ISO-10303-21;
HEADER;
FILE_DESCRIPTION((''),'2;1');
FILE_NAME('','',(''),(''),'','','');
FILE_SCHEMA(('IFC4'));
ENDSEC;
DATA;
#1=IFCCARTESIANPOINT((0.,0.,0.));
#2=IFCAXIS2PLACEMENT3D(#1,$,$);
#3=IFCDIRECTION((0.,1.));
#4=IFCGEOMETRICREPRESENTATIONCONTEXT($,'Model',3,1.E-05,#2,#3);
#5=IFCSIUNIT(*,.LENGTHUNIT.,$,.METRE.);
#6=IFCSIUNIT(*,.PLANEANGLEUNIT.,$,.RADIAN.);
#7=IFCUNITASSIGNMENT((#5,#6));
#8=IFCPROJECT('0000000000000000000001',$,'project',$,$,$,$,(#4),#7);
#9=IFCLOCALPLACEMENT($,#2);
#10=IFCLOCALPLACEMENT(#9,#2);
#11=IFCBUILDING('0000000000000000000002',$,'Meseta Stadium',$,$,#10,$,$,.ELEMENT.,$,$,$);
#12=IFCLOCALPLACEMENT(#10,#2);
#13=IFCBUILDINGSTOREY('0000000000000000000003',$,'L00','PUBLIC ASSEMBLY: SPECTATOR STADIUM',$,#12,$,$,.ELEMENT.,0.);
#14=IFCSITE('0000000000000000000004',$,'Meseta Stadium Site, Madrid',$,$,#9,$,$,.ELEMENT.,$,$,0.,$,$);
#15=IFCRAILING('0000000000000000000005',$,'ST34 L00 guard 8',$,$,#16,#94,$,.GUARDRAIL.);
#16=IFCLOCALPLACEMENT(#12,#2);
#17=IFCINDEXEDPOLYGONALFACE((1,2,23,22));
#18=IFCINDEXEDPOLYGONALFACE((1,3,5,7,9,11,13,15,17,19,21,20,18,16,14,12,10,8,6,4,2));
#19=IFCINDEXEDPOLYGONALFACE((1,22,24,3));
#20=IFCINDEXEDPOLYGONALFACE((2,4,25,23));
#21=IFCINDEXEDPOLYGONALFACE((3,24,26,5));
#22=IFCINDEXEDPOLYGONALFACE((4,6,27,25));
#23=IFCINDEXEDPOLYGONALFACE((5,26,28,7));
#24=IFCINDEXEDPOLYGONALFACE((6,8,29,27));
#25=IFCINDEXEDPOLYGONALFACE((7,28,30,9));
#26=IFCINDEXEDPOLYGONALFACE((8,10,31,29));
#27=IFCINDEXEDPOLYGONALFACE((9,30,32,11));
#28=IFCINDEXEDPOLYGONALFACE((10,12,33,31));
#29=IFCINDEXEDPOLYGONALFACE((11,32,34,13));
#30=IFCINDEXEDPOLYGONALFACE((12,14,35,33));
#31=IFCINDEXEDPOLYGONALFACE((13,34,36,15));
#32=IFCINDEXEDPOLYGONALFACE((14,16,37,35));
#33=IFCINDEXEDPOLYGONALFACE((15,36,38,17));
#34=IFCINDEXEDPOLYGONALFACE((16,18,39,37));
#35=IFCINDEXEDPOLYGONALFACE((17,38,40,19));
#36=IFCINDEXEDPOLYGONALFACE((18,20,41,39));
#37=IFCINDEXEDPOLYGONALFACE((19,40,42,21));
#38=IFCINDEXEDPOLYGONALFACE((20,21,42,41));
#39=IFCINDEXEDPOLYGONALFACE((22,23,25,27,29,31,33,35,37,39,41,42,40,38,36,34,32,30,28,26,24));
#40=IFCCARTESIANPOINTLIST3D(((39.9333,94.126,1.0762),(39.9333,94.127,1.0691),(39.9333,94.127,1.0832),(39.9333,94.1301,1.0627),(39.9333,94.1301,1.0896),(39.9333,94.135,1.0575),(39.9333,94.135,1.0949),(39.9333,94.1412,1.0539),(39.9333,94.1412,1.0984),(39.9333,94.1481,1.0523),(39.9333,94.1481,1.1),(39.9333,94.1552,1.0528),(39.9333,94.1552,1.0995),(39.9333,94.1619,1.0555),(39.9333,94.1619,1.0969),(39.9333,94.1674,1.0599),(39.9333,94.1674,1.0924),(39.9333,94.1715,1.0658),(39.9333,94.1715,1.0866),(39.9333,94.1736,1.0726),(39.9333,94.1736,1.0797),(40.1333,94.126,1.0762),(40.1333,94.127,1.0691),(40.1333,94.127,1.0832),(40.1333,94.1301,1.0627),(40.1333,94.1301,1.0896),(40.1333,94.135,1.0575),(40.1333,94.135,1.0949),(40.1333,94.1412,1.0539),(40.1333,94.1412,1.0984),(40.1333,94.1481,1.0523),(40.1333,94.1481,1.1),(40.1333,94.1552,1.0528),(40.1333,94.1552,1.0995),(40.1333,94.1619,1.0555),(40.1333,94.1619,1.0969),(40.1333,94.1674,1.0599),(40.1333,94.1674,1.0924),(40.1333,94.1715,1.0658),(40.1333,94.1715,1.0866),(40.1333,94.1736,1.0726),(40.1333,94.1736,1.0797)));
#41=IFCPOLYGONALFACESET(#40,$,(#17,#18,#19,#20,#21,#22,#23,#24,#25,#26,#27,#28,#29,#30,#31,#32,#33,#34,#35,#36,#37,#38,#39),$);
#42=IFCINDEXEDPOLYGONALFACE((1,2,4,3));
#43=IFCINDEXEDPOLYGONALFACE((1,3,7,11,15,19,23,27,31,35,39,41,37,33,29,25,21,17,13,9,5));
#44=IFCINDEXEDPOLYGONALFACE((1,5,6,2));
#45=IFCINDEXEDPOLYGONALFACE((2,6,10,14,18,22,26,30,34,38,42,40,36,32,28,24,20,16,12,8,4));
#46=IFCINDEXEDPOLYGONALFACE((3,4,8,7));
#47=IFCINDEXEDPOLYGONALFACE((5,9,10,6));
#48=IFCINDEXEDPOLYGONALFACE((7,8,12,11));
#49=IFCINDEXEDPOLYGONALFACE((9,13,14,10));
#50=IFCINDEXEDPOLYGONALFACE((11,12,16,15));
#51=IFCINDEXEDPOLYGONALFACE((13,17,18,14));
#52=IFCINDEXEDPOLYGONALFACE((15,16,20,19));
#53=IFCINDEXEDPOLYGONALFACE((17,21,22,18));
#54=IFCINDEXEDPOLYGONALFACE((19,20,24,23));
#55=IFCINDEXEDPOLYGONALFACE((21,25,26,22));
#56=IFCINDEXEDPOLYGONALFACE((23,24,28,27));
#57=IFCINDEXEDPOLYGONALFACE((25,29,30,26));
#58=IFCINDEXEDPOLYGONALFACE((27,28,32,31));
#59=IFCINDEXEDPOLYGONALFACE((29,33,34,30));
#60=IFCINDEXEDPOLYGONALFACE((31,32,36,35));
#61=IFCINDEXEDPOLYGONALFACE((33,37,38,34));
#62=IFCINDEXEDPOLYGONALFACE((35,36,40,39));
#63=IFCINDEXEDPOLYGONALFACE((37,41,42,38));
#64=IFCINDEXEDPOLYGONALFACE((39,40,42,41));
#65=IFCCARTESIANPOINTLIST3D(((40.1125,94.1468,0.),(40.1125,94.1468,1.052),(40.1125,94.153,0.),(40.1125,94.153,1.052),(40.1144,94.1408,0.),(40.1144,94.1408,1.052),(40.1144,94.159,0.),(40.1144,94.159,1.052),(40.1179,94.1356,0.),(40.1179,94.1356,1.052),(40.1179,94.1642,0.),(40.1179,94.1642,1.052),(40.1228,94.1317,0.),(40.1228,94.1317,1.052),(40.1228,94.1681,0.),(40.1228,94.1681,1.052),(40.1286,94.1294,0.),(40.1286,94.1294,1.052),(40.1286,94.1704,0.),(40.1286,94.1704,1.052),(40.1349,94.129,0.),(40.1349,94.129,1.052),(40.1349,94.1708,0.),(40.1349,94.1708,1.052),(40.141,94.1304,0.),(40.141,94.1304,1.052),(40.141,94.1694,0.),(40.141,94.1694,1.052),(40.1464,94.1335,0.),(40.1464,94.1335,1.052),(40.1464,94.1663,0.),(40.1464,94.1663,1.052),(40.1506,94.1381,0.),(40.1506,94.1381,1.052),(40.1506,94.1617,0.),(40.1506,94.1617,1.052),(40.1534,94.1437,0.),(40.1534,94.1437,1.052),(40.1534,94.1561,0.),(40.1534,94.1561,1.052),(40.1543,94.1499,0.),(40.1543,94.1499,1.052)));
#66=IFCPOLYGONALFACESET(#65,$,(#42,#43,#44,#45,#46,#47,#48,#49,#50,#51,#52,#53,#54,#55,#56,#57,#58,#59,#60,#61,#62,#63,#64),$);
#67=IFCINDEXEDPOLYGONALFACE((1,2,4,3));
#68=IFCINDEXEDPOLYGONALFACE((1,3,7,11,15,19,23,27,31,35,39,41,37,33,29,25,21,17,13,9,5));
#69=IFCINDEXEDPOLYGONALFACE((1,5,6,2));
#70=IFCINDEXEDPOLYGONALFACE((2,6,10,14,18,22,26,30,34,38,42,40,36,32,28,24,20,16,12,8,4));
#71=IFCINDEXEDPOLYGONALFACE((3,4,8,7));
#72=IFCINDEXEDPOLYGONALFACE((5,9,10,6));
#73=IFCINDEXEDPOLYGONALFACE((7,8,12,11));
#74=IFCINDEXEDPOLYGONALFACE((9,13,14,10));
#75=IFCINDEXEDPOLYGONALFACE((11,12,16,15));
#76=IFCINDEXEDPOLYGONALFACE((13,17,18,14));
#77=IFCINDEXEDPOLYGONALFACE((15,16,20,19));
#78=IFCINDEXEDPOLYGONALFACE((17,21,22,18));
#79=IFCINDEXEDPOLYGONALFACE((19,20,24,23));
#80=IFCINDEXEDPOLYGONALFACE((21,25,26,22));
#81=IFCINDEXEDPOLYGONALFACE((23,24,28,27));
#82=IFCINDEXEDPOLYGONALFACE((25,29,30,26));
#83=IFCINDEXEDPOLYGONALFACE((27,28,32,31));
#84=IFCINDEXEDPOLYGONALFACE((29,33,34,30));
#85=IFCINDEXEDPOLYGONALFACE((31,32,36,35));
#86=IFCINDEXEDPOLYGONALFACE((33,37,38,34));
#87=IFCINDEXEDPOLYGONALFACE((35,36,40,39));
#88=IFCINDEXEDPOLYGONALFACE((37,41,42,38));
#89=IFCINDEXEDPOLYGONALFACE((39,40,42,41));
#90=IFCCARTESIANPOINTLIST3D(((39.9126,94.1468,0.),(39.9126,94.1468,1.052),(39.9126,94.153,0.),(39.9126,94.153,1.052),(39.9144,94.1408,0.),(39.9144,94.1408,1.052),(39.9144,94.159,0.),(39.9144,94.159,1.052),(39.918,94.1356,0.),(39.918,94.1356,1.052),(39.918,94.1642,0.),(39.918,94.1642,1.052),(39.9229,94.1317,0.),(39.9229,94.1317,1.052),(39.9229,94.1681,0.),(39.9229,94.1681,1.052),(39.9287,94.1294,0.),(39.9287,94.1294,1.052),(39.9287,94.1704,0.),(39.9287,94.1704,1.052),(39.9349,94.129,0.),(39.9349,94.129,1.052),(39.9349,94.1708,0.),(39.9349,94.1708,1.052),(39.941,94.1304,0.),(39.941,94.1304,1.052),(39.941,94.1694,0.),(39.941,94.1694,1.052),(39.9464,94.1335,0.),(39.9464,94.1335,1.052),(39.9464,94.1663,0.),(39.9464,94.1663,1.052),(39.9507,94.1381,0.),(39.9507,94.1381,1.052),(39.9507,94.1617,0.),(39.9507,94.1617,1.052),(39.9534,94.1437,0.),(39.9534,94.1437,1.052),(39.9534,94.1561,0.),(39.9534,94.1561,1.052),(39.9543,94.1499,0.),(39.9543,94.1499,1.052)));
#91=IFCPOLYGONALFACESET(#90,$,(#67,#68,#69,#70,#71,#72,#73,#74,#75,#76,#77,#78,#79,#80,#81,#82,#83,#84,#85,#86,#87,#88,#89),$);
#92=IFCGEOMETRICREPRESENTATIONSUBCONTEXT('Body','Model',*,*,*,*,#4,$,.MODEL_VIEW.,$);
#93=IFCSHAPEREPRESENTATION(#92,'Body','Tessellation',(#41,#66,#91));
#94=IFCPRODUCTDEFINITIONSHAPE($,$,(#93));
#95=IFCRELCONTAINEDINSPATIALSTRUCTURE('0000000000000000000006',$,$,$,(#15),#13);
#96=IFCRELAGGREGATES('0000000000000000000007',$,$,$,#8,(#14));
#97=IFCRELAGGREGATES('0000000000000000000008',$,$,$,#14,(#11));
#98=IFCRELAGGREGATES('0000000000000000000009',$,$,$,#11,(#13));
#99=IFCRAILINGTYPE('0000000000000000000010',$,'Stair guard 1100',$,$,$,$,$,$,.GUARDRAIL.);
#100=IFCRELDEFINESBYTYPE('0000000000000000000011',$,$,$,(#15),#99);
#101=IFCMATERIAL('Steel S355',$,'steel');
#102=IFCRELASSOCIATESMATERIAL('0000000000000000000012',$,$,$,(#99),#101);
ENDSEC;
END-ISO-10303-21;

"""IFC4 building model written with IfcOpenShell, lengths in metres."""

from ifc_helpers import new_model, si_unit, direction, frame, origin, origin_2d, place, context, subcontext, project, spatial, circle, extrude, material, type_object, element, save


model = new_model("IFC4")

# Units and contexts
model_context = context("Model", 3, precision=1e-05, world=origin(), true_north=direction((0.0, 1.0)))
body_context = subcontext(model_context, "Body", "Model", "MODEL_VIEW")
ifc_project = project(units=[si_unit("LENGTHUNIT", "METRE"), si_unit("PLANEANGLEUNIT", "RADIAN")], contexts=[model_context])

# Site, building, storey
site_placement = place(None, origin())
site = spatial("IfcSite", under=ifc_project, at=site_placement, Name="Meseta Stadium Site, Madrid", CompositionType="ELEMENT", RefElevation=0.0)
building_placement = place(site_placement, origin())
building = spatial("IfcBuilding", under=site, at=building_placement, Name="Meseta Stadium", CompositionType="ELEMENT")
storey_placement = place(building_placement, origin())
storey = spatial("IfcBuildingStorey", under=building, at=storey_placement, Name="L00", Description="PUBLIC ASSEMBLY: SPECTATOR STADIUM", CompositionType="ELEMENT", Elevation=0.0)

# Railing
ifc_material_1 = material(Name="Steel S355", Category="steel")
railing_type_1 = type_object("IfcRailingType", Name="Stair guard 1100", PredefinedType="GUARDRAIL", material=ifc_material_1)
railing_1_placement = place(storey_placement, frame((40.1333, 94.1499, 0.0)))
element("IfcRailing", 1, at=railing_1_placement, inside=storey, type_object=railing_type_1, Name="ST34 L00 guard 8", PredefinedType="GUARDRAIL", context=body_context, shape_type="SweptSolid", body=[
    extrude(circle(Radius=0.0239, at=origin_2d()), frame((0.0, 0.0, 1.0762), z_axis=(-1.0, 0.0, 0.0), x_axis=(0.0, -1.0, 0.0)), (0.0, 0.0, 1.0), 0.2),
    extrude(circle(Radius=0.021, at=origin_2d()), origin(), (0.0, 0.0, 1.0), 1.052),
    extrude(circle(Radius=0.021, at=origin_2d()), frame((-0.2, 0.0, 0.0)), (0.0, 0.0, 1.0), 1.052),
])

save(model, "model.ifc")
